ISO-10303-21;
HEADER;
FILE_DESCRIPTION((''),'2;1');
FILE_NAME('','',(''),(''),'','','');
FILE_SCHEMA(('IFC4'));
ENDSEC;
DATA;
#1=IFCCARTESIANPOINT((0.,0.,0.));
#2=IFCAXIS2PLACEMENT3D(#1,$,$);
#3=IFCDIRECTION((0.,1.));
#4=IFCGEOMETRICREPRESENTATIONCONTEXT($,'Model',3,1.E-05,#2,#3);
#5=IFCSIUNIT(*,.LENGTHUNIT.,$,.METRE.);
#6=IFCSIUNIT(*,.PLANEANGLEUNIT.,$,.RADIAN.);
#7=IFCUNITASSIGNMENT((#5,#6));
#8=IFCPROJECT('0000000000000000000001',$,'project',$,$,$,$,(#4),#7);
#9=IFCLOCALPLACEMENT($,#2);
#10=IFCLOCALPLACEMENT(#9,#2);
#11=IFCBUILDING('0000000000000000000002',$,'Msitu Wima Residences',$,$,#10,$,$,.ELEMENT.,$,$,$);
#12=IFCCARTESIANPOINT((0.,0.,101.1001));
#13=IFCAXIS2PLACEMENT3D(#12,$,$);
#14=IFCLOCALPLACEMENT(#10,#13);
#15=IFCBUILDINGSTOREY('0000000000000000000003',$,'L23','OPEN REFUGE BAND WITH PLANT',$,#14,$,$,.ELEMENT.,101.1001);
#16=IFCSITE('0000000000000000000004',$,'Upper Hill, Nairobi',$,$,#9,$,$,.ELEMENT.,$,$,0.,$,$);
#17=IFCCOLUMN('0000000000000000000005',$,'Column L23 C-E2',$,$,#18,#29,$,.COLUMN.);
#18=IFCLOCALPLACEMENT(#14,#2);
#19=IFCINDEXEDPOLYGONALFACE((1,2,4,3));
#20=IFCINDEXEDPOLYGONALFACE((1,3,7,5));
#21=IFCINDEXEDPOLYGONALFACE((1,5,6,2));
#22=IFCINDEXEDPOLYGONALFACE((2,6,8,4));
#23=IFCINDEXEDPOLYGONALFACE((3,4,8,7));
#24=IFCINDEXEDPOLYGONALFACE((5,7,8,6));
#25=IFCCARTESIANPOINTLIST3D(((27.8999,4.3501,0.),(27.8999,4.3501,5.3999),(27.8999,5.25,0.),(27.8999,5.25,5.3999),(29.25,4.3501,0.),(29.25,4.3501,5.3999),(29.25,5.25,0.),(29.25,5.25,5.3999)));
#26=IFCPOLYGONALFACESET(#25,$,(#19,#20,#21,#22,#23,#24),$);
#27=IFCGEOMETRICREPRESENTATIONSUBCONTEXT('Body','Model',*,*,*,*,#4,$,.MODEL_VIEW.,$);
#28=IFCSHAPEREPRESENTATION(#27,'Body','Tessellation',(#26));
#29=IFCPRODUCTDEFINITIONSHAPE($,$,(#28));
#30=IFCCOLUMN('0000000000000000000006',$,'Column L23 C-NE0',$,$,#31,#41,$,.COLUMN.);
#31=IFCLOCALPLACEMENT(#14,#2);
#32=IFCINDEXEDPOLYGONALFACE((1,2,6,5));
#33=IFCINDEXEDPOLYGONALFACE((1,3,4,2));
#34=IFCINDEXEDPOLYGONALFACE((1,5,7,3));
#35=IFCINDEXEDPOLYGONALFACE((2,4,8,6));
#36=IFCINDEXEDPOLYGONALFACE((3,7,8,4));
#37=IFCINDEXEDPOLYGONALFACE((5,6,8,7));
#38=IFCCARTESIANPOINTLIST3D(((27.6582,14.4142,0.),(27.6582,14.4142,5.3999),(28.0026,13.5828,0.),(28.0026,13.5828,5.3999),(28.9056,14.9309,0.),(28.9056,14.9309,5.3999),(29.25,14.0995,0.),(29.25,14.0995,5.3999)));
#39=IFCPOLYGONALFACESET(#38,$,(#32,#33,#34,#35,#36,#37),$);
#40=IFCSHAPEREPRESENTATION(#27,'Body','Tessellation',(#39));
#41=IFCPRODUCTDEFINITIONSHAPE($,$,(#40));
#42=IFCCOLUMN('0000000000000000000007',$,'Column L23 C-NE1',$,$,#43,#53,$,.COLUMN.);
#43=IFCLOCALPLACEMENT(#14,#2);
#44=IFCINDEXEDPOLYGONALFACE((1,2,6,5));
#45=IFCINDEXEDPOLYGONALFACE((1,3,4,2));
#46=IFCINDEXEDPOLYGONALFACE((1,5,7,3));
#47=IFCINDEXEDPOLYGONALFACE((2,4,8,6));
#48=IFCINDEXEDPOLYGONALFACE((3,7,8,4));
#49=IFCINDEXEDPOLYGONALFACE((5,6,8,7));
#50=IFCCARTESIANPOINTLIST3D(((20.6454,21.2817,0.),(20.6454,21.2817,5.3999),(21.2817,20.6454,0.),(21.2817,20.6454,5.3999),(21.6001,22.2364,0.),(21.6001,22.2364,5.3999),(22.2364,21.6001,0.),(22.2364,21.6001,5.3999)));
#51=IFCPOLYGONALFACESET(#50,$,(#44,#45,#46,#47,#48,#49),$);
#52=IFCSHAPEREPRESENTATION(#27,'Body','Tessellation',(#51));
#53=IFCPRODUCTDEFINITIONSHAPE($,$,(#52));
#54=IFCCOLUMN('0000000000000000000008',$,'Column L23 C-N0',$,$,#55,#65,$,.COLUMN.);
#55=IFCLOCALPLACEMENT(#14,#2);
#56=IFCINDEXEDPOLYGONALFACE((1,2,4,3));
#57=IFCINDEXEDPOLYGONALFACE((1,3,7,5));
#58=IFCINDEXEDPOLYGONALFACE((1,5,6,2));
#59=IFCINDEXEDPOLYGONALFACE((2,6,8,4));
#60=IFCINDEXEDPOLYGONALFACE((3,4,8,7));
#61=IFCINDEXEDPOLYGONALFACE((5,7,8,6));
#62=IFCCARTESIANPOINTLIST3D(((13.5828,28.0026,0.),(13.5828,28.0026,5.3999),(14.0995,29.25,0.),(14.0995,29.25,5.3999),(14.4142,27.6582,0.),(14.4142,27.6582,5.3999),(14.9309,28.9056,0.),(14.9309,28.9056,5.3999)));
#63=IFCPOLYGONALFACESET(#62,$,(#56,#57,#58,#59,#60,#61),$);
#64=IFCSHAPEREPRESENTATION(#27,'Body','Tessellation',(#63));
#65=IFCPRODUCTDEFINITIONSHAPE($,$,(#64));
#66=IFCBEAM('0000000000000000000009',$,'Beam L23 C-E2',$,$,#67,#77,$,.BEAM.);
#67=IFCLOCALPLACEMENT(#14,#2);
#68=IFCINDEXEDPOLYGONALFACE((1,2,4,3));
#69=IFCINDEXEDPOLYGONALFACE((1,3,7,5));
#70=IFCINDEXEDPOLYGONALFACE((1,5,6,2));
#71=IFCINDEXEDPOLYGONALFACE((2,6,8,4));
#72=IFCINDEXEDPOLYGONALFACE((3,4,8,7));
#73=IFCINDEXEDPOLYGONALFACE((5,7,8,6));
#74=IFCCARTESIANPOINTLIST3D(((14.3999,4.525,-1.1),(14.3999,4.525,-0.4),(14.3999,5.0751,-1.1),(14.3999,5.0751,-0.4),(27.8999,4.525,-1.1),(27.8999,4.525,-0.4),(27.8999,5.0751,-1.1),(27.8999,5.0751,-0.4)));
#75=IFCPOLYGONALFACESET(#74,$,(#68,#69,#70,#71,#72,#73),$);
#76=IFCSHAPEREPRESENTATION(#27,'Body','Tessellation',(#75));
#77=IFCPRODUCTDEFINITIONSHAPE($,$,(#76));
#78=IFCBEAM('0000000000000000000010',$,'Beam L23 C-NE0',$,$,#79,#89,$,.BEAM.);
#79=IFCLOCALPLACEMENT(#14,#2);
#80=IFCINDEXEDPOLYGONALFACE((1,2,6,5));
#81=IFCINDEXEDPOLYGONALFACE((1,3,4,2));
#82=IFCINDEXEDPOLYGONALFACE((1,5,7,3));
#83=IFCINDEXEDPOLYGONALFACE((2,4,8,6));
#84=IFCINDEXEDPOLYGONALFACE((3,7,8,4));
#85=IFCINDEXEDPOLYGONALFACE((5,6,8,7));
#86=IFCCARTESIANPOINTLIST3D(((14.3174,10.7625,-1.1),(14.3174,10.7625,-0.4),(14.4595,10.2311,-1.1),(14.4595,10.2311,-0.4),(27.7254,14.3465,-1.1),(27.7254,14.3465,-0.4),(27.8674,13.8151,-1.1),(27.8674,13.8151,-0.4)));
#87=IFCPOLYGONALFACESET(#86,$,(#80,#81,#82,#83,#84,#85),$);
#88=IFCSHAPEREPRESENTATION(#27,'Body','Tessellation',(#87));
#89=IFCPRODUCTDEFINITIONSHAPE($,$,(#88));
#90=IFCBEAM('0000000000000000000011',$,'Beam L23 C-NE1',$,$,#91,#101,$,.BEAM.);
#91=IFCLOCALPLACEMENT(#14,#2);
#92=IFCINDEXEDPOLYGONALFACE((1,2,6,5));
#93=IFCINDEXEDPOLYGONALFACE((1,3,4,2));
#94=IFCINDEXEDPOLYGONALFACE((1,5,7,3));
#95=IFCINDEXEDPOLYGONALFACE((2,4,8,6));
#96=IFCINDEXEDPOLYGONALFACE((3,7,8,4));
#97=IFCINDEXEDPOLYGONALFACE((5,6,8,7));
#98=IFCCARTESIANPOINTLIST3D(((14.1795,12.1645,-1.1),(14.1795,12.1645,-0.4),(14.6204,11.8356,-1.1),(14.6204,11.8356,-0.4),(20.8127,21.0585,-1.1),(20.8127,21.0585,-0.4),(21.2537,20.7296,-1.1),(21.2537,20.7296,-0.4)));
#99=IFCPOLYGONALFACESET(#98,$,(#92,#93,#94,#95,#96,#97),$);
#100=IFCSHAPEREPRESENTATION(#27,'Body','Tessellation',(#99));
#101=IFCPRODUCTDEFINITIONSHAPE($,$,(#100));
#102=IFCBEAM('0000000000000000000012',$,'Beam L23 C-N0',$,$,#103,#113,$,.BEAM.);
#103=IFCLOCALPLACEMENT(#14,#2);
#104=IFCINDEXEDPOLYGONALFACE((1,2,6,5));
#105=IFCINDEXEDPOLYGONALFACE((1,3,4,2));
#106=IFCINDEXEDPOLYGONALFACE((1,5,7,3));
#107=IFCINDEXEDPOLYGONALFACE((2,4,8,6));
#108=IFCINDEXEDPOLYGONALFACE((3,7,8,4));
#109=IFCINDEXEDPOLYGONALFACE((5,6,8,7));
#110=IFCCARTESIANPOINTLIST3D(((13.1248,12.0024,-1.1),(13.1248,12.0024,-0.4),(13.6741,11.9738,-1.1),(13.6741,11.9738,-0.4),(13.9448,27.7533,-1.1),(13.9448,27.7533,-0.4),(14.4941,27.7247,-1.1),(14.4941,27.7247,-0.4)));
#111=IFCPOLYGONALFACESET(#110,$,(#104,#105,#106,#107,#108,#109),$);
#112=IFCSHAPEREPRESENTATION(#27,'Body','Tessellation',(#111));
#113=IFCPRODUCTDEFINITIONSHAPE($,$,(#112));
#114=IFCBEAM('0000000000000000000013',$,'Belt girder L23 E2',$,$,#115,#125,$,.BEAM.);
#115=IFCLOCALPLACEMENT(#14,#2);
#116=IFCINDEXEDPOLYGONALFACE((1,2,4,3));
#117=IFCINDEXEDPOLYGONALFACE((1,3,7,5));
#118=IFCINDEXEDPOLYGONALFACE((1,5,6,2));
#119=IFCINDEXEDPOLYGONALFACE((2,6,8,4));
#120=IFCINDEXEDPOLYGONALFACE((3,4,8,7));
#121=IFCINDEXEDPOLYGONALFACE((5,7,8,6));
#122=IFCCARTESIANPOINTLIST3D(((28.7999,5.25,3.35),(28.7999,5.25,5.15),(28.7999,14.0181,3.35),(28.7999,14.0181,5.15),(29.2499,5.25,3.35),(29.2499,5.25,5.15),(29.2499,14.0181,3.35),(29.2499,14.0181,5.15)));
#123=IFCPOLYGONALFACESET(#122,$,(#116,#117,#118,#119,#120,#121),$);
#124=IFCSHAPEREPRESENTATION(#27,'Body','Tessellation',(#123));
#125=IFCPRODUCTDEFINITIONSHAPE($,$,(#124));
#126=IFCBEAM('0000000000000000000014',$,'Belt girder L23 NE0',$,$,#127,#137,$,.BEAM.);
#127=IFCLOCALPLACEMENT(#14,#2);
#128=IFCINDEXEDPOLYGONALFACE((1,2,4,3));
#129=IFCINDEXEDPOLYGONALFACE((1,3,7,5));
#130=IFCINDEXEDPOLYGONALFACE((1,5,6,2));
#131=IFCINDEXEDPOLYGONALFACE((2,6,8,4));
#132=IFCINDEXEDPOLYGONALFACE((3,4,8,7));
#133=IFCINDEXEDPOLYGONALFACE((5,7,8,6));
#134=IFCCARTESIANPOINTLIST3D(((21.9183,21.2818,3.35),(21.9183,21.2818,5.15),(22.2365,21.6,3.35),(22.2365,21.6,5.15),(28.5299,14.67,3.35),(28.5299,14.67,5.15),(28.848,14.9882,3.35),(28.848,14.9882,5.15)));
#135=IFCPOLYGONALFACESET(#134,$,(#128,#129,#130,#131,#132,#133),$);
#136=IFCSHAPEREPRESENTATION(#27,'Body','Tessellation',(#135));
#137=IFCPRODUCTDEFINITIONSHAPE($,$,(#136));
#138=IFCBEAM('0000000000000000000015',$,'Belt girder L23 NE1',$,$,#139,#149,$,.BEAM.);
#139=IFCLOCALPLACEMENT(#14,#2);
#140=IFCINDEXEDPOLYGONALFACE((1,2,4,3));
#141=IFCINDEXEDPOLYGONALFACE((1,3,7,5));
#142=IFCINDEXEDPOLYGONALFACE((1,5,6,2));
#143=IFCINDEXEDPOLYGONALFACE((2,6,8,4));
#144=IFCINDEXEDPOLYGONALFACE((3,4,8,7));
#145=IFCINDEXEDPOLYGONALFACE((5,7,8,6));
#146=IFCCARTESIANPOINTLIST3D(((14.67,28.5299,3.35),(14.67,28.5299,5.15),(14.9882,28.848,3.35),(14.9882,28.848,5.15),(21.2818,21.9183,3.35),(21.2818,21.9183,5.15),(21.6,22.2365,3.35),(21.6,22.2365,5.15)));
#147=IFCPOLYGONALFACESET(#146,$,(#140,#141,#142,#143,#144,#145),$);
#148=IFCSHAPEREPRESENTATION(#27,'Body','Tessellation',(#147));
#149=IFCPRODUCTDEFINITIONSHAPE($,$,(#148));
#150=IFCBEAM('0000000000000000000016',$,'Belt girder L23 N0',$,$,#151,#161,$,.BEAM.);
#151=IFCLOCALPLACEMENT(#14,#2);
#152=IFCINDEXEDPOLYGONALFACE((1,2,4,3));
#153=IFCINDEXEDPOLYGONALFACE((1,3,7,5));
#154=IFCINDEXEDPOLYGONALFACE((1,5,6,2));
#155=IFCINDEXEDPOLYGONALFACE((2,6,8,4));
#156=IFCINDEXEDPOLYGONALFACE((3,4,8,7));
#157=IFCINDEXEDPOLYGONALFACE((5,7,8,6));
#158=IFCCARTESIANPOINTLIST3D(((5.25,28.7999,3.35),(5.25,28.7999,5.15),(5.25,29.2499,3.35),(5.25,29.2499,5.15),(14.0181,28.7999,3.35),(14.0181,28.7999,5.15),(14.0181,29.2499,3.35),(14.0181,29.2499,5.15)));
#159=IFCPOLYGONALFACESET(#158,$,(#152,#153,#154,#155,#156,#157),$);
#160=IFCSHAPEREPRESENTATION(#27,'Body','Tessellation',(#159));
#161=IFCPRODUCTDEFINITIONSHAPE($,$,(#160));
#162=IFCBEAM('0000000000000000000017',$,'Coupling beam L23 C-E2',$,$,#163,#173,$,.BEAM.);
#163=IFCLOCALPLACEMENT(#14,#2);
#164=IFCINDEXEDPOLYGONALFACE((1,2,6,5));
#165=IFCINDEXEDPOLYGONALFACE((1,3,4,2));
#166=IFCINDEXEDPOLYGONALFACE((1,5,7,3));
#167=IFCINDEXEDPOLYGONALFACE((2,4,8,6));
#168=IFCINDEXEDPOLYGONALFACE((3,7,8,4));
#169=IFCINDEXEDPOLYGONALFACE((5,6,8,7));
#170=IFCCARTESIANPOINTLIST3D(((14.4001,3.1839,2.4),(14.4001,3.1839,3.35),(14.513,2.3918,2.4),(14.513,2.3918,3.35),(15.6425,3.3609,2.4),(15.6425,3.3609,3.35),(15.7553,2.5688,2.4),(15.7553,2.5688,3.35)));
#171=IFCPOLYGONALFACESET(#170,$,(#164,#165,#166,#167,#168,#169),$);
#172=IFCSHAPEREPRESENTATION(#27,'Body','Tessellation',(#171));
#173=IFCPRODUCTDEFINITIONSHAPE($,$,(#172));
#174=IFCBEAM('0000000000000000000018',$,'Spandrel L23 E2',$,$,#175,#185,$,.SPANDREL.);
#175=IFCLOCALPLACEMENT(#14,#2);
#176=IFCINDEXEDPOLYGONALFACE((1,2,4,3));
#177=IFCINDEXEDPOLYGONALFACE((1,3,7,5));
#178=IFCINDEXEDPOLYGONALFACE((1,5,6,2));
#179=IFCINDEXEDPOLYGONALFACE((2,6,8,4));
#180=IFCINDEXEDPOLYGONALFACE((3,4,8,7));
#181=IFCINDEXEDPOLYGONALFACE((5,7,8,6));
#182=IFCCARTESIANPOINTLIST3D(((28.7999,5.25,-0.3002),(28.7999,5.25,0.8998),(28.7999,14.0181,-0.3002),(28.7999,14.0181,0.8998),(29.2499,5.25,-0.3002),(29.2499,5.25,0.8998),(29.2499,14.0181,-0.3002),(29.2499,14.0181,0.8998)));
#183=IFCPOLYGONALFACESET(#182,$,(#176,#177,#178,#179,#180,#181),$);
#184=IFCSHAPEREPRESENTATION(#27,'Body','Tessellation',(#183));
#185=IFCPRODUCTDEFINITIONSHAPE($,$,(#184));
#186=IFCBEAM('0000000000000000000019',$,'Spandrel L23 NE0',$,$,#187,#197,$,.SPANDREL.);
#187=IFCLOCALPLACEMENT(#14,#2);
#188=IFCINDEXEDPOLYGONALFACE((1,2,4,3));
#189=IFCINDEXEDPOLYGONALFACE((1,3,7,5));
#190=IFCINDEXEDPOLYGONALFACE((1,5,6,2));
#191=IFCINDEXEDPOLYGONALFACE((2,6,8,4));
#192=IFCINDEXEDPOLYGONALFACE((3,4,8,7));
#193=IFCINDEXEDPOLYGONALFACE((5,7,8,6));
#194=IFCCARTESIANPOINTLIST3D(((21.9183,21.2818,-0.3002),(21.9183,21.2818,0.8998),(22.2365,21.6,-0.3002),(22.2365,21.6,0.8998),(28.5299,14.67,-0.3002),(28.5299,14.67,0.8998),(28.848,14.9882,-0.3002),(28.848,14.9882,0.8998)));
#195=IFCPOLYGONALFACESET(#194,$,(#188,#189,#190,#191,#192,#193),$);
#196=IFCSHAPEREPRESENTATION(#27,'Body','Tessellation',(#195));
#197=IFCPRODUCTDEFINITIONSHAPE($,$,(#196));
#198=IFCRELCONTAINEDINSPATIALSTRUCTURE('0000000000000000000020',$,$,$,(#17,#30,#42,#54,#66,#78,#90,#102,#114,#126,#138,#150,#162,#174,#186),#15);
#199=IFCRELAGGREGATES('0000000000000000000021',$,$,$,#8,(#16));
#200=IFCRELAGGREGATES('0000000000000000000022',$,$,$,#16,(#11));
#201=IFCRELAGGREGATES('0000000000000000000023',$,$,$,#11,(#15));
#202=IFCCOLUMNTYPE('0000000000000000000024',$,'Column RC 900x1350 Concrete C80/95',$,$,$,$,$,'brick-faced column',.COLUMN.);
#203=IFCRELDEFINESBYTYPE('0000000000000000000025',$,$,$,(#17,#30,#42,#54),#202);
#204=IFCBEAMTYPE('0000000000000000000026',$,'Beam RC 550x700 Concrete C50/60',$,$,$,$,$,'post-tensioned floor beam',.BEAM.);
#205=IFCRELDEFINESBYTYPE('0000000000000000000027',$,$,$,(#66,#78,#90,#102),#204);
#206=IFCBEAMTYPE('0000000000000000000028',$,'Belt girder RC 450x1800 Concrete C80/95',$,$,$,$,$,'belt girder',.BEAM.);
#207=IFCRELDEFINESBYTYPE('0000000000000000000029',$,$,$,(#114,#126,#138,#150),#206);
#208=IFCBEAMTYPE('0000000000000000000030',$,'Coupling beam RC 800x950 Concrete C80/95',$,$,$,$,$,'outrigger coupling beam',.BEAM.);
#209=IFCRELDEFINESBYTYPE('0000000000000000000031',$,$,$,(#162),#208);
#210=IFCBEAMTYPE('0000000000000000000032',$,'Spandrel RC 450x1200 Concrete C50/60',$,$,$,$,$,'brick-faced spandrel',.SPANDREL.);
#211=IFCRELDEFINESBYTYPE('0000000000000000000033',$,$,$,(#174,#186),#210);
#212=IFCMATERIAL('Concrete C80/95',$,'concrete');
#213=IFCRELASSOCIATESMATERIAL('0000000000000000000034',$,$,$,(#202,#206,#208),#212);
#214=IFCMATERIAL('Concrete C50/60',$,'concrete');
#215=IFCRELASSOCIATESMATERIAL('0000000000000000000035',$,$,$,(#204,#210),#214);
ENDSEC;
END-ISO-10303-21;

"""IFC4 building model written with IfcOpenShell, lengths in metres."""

from ifc_helpers import new_model, si_unit, direction, frame, origin, origin_2d, place, context, subcontext, project, spatial, rectangle, extrude, material, material_profile, profile_set, type_object, element, save


model = new_model("IFC4")

# Units and contexts
model_context = context("Model", 3, precision=1e-05, world=origin(), true_north=direction((0.0, 1.0)))
body_context = subcontext(model_context, "Body", "Model", "MODEL_VIEW")
ifc_project = project(units=[si_unit("LENGTHUNIT", "METRE"), si_unit("PLANEANGLEUNIT", "RADIAN")], contexts=[model_context])

# Site, building, storey
site_placement = place(None, origin())
site = spatial("IfcSite", under=ifc_project, at=site_placement, Name="Upper Hill, Nairobi", CompositionType="ELEMENT", RefElevation=0.0)
building_placement = place(site_placement, origin())
building = spatial("IfcBuilding", under=site, at=building_placement, Name="Msitu Wima Residences", CompositionType="ELEMENT")
storey_placement = place(building_placement, frame((0.0, 0.0, 101.1001)))
storey = spatial("IfcBuildingStorey", under=building, at=storey_placement, Name="L23", Description="OPEN REFUGE BAND WITH PLANT", CompositionType="ELEMENT", Elevation=101.1001)

# Columns
ifc_material_1 = material(Name="Concrete C80/95", Category="concrete")
ifc_material_profile_1 = material_profile(ifc_material_1, rectangle(XDim=0.8999, YDim=1.3501, at=origin_2d()), Name="RC 900x1350")
ifc_profile_set_1 = profile_set([ifc_material_profile_1], Name="Concrete C80/95")
column_type = type_object("IfcColumnType", Name="Column RC 900x1350 Concrete C80/95", ElementType="brick-faced column", PredefinedType="COLUMN", material=ifc_profile_set_1)
for number, where, z_axis, x_axis, name in (
    (1, (28.575, 4.8, 0.0), (0.0, 0.0, 1.0), (0.0, 1.0, 0.0), "Column L23 C-E2"),
    (2, (28.4541, 14.2568, 0.0), (0.0, 0.0, 1.0), (-0.382683, 0.92388, 0.0), "Column L23 C-NE0"),
    (3, (21.4409, 21.4409, 0.0), (0.0, 0.0, 1.0), (-0.707107, 0.707107, 0.0), "Column L23 C-NE1"),
    (4, (14.2568, 28.4541, 0.0), (0.0, 0.0, 1.0), (-0.92388, 0.382683, 0.0), "Column L23 C-N0"),
):
    element("IfcColumn", number, at=place(storey_placement, frame(where, z_axis=z_axis, x_axis=x_axis)), inside=storey, type_object=column_type, Name=name, PredefinedType="COLUMN", context=body_context, shape_type="SweptSolid", body=[
        extrude(rectangle(XDim=0.8999, YDim=1.3501, at=origin_2d()), origin(), (0.0, 0.0, 1.0), 5.3999),
    ])

# Beams
ifc_material_2 = material(Name="Concrete C50/60", Category="concrete")
ifc_material_profile_2 = material_profile(ifc_material_2, rectangle(XDim=0.55, YDim=0.7, at=origin_2d()), Name="RC 550x700")
ifc_profile_set_2 = profile_set([ifc_material_profile_2], Name="Concrete C50/60")
beam_type_1 = type_object("IfcBeamType", Name="Beam RC 550x700 Concrete C50/60", ElementType="post-tensioned floor beam", PredefinedType="BEAM", material=ifc_profile_set_2)
beam_1_placement = place(storey_placement, frame((27.8999, 4.8, -0.75), z_axis=(-1.0, 0.0, 0.0), x_axis=(0.0, -1.0, 0.0)))
element("IfcBeam", 5, at=beam_1_placement, inside=storey, type_object=beam_type_1, Name="Beam L23 C-E2", PredefinedType="BEAM", context=body_context, shape_type="SweptSolid", body=[
    extrude(rectangle(XDim=0.55, YDim=0.7, at=origin_2d()), origin(), (0.0, 0.0, 1.0), 13.5),
])
beam_2_placement = place(storey_placement, frame((27.7964, 14.0808, -0.75), z_axis=(-0.966082, -0.258236, 0.0), x_axis=(0.258236, -0.966082, 0.0)))
element("IfcBeam", 6, at=beam_2_placement, inside=storey, type_object=beam_type_1, Name="Beam L23 C-NE0", PredefinedType="BEAM", context=body_context, shape_type="SweptSolid", body=[
    extrude(rectangle(XDim=0.55, YDim=0.7, at=origin_2d()), origin(), (0.0, 0.0, 1.0), 13.8787),
])
beam_3_placement = place(storey_placement, frame((21.0332, 20.894, -0.75), z_axis=(-0.59785, -0.801608, 0.0), x_axis=(0.801608, -0.59785, 0.0)))
element("IfcBeam", 7, at=beam_3_placement, inside=storey, type_object=beam_type_1, Name="Beam L23 C-NE1", PredefinedType="BEAM", context=body_context, shape_type="SweptSolid", body=[
    extrude(rectangle(XDim=0.55, YDim=0.7, at=origin_2d()), origin(), (0.0, 0.0, 1.0), 11.0952),
])
beam_4_placement = place(storey_placement, frame((14.2195, 27.739, -0.75), z_axis=(-0.051994, -0.998647, 0.0), x_axis=(0.998647, -0.051994, 0.0)))
element("IfcBeam", 8, at=beam_4_placement, inside=storey, type_object=beam_type_1, Name="Beam L23 C-N0", PredefinedType="BEAM", context=body_context, shape_type="SweptSolid", body=[
    extrude(rectangle(XDim=0.55, YDim=0.7, at=origin_2d()), origin(), (0.0, 0.0, 1.0), 15.7722),
])
ifc_material_profile_3 = material_profile(ifc_material_1, rectangle(XDim=0.45, YDim=1.8, at=origin_2d()), Name="RC 450x1800")
ifc_profile_set_3 = profile_set([ifc_material_profile_3], Name="Concrete C80/95")
beam_type_2 = type_object("IfcBeamType", Name="Belt girder RC 450x1800 Concrete C80/95", ElementType="belt girder", PredefinedType="BEAM", material=ifc_profile_set_3)
beam_5_placement = place(storey_placement, frame((29.0249, 5.25, 4.25), z_axis=(0.0, 1.0, 0.0), x_axis=(-1.0, 0.0, 0.0)))
element("IfcBeam", 9, at=beam_5_placement, inside=storey, type_object=beam_type_2, Name="Belt girder L23 E2", PredefinedType="BEAM", context=body_context, shape_type="SweptSolid", body=[
    extrude(rectangle(XDim=0.45, YDim=1.8, at=origin_2d()), origin(), (0.0, 0.0, 1.0), 8.7681),
])
for number, where, z_axis, x_axis, name in (
    (10, (28.689, 14.8291, 4.25), (-0.707094, 0.70712, 0.0), (-0.70712, -0.707094, 0.0), "Belt girder L23 NE0"),
    (11, (21.4409, 22.0774, 4.25), (-0.70712, 0.707094, 0.0), (-0.707094, -0.70712, 0.0), "Belt girder L23 NE1"),
):
    element("IfcBeam", number, at=place(storey_placement, frame(where, z_axis=z_axis, x_axis=x_axis)), inside=storey, type_object=beam_type_2, Name=name, PredefinedType="BEAM", context=body_context, shape_type="SweptSolid", body=[
        extrude(rectangle(XDim=0.45, YDim=1.8, at=origin_2d()), origin(), (0.0, 0.0, 1.0), 9.3503),
    ])
beam_6_placement = place(storey_placement, frame((14.0181, 29.0249, 4.25), z_axis=(-1.0, 0.0, 0.0), x_axis=(0.0, -1.0, 0.0)))
element("IfcBeam", 12, at=beam_6_placement, inside=storey, type_object=beam_type_2, Name="Belt girder L23 N0", PredefinedType="BEAM", context=body_context, shape_type="SweptSolid", body=[
    extrude(rectangle(XDim=0.45, YDim=1.8, at=origin_2d()), origin(), (0.0, 0.0, 1.0), 8.7681),
])
ifc_material_profile_4 = material_profile(ifc_material_1, rectangle(XDim=0.8, YDim=0.95, at=origin_2d()), Name="RC 800x950")
ifc_profile_set_4 = profile_set([ifc_material_profile_4], Name="Concrete C80/95")
beam_type_3 = type_object("IfcBeamType", Name="Coupling beam RC 800x950 Concrete C80/95", ElementType="outrigger coupling beam", PredefinedType="BEAM", material=ifc_profile_set_4)
beam_7_placement = place(storey_placement, frame((14.4565, 2.7878, 2.875), z_axis=(0.990004, 0.14104, 0.0), x_axis=(-0.14104, 0.990004, 0.0)))
element("IfcBeam", 13, at=beam_7_placement, inside=storey, type_object=beam_type_3, Name="Coupling beam L23 C-E2", PredefinedType="BEAM", context=body_context, shape_type="SweptSolid", body=[
    extrude(rectangle(XDim=0.8, YDim=0.95, at=origin_2d()), origin(), (0.0, 0.0, 1.0), 1.2549),
])
ifc_material_profile_5 = material_profile(ifc_material_2, rectangle(XDim=0.45, YDim=1.2, at=origin_2d()), Name="RC 450x1200")
ifc_profile_set_5 = profile_set([ifc_material_profile_5], Name="Concrete C50/60")
beam_type_4 = type_object("IfcBeamType", Name="Spandrel RC 450x1200 Concrete C50/60", ElementType="brick-faced spandrel", PredefinedType="SPANDREL", material=ifc_profile_set_5)
beam_8_placement = place(storey_placement, frame((29.0249, 5.25, 0.2998), z_axis=(0.0, 1.0, 0.0), x_axis=(-1.0, 0.0, 0.0)))
element("IfcBeam", 14, at=beam_8_placement, inside=storey, type_object=beam_type_4, Name="Spandrel L23 E2", PredefinedType="SPANDREL", context=body_context, shape_type="SweptSolid", body=[
    extrude(rectangle(XDim=0.45, YDim=1.2, at=origin_2d()), origin(), (0.0, 0.0, 1.0), 8.7681),
])
for number, where, z_axis, x_axis, name in (
    (15, (28.689, 14.8291, 0.2998), (-0.707094, 0.70712, 0.0), (-0.70712, -0.707094, 0.0), "Spandrel L23 NE0"),
):
    element("IfcBeam", number, at=place(storey_placement, frame(where, z_axis=z_axis, x_axis=x_axis)), inside=storey, type_object=beam_type_4, Name=name, PredefinedType="SPANDREL", context=body_context, shape_type="SweptSolid", body=[
        extrude(rectangle(XDim=0.45, YDim=1.2, at=origin_2d()), origin(), (0.0, 0.0, 1.0), 9.3503),
    ])

save(model, "model.ifc")
